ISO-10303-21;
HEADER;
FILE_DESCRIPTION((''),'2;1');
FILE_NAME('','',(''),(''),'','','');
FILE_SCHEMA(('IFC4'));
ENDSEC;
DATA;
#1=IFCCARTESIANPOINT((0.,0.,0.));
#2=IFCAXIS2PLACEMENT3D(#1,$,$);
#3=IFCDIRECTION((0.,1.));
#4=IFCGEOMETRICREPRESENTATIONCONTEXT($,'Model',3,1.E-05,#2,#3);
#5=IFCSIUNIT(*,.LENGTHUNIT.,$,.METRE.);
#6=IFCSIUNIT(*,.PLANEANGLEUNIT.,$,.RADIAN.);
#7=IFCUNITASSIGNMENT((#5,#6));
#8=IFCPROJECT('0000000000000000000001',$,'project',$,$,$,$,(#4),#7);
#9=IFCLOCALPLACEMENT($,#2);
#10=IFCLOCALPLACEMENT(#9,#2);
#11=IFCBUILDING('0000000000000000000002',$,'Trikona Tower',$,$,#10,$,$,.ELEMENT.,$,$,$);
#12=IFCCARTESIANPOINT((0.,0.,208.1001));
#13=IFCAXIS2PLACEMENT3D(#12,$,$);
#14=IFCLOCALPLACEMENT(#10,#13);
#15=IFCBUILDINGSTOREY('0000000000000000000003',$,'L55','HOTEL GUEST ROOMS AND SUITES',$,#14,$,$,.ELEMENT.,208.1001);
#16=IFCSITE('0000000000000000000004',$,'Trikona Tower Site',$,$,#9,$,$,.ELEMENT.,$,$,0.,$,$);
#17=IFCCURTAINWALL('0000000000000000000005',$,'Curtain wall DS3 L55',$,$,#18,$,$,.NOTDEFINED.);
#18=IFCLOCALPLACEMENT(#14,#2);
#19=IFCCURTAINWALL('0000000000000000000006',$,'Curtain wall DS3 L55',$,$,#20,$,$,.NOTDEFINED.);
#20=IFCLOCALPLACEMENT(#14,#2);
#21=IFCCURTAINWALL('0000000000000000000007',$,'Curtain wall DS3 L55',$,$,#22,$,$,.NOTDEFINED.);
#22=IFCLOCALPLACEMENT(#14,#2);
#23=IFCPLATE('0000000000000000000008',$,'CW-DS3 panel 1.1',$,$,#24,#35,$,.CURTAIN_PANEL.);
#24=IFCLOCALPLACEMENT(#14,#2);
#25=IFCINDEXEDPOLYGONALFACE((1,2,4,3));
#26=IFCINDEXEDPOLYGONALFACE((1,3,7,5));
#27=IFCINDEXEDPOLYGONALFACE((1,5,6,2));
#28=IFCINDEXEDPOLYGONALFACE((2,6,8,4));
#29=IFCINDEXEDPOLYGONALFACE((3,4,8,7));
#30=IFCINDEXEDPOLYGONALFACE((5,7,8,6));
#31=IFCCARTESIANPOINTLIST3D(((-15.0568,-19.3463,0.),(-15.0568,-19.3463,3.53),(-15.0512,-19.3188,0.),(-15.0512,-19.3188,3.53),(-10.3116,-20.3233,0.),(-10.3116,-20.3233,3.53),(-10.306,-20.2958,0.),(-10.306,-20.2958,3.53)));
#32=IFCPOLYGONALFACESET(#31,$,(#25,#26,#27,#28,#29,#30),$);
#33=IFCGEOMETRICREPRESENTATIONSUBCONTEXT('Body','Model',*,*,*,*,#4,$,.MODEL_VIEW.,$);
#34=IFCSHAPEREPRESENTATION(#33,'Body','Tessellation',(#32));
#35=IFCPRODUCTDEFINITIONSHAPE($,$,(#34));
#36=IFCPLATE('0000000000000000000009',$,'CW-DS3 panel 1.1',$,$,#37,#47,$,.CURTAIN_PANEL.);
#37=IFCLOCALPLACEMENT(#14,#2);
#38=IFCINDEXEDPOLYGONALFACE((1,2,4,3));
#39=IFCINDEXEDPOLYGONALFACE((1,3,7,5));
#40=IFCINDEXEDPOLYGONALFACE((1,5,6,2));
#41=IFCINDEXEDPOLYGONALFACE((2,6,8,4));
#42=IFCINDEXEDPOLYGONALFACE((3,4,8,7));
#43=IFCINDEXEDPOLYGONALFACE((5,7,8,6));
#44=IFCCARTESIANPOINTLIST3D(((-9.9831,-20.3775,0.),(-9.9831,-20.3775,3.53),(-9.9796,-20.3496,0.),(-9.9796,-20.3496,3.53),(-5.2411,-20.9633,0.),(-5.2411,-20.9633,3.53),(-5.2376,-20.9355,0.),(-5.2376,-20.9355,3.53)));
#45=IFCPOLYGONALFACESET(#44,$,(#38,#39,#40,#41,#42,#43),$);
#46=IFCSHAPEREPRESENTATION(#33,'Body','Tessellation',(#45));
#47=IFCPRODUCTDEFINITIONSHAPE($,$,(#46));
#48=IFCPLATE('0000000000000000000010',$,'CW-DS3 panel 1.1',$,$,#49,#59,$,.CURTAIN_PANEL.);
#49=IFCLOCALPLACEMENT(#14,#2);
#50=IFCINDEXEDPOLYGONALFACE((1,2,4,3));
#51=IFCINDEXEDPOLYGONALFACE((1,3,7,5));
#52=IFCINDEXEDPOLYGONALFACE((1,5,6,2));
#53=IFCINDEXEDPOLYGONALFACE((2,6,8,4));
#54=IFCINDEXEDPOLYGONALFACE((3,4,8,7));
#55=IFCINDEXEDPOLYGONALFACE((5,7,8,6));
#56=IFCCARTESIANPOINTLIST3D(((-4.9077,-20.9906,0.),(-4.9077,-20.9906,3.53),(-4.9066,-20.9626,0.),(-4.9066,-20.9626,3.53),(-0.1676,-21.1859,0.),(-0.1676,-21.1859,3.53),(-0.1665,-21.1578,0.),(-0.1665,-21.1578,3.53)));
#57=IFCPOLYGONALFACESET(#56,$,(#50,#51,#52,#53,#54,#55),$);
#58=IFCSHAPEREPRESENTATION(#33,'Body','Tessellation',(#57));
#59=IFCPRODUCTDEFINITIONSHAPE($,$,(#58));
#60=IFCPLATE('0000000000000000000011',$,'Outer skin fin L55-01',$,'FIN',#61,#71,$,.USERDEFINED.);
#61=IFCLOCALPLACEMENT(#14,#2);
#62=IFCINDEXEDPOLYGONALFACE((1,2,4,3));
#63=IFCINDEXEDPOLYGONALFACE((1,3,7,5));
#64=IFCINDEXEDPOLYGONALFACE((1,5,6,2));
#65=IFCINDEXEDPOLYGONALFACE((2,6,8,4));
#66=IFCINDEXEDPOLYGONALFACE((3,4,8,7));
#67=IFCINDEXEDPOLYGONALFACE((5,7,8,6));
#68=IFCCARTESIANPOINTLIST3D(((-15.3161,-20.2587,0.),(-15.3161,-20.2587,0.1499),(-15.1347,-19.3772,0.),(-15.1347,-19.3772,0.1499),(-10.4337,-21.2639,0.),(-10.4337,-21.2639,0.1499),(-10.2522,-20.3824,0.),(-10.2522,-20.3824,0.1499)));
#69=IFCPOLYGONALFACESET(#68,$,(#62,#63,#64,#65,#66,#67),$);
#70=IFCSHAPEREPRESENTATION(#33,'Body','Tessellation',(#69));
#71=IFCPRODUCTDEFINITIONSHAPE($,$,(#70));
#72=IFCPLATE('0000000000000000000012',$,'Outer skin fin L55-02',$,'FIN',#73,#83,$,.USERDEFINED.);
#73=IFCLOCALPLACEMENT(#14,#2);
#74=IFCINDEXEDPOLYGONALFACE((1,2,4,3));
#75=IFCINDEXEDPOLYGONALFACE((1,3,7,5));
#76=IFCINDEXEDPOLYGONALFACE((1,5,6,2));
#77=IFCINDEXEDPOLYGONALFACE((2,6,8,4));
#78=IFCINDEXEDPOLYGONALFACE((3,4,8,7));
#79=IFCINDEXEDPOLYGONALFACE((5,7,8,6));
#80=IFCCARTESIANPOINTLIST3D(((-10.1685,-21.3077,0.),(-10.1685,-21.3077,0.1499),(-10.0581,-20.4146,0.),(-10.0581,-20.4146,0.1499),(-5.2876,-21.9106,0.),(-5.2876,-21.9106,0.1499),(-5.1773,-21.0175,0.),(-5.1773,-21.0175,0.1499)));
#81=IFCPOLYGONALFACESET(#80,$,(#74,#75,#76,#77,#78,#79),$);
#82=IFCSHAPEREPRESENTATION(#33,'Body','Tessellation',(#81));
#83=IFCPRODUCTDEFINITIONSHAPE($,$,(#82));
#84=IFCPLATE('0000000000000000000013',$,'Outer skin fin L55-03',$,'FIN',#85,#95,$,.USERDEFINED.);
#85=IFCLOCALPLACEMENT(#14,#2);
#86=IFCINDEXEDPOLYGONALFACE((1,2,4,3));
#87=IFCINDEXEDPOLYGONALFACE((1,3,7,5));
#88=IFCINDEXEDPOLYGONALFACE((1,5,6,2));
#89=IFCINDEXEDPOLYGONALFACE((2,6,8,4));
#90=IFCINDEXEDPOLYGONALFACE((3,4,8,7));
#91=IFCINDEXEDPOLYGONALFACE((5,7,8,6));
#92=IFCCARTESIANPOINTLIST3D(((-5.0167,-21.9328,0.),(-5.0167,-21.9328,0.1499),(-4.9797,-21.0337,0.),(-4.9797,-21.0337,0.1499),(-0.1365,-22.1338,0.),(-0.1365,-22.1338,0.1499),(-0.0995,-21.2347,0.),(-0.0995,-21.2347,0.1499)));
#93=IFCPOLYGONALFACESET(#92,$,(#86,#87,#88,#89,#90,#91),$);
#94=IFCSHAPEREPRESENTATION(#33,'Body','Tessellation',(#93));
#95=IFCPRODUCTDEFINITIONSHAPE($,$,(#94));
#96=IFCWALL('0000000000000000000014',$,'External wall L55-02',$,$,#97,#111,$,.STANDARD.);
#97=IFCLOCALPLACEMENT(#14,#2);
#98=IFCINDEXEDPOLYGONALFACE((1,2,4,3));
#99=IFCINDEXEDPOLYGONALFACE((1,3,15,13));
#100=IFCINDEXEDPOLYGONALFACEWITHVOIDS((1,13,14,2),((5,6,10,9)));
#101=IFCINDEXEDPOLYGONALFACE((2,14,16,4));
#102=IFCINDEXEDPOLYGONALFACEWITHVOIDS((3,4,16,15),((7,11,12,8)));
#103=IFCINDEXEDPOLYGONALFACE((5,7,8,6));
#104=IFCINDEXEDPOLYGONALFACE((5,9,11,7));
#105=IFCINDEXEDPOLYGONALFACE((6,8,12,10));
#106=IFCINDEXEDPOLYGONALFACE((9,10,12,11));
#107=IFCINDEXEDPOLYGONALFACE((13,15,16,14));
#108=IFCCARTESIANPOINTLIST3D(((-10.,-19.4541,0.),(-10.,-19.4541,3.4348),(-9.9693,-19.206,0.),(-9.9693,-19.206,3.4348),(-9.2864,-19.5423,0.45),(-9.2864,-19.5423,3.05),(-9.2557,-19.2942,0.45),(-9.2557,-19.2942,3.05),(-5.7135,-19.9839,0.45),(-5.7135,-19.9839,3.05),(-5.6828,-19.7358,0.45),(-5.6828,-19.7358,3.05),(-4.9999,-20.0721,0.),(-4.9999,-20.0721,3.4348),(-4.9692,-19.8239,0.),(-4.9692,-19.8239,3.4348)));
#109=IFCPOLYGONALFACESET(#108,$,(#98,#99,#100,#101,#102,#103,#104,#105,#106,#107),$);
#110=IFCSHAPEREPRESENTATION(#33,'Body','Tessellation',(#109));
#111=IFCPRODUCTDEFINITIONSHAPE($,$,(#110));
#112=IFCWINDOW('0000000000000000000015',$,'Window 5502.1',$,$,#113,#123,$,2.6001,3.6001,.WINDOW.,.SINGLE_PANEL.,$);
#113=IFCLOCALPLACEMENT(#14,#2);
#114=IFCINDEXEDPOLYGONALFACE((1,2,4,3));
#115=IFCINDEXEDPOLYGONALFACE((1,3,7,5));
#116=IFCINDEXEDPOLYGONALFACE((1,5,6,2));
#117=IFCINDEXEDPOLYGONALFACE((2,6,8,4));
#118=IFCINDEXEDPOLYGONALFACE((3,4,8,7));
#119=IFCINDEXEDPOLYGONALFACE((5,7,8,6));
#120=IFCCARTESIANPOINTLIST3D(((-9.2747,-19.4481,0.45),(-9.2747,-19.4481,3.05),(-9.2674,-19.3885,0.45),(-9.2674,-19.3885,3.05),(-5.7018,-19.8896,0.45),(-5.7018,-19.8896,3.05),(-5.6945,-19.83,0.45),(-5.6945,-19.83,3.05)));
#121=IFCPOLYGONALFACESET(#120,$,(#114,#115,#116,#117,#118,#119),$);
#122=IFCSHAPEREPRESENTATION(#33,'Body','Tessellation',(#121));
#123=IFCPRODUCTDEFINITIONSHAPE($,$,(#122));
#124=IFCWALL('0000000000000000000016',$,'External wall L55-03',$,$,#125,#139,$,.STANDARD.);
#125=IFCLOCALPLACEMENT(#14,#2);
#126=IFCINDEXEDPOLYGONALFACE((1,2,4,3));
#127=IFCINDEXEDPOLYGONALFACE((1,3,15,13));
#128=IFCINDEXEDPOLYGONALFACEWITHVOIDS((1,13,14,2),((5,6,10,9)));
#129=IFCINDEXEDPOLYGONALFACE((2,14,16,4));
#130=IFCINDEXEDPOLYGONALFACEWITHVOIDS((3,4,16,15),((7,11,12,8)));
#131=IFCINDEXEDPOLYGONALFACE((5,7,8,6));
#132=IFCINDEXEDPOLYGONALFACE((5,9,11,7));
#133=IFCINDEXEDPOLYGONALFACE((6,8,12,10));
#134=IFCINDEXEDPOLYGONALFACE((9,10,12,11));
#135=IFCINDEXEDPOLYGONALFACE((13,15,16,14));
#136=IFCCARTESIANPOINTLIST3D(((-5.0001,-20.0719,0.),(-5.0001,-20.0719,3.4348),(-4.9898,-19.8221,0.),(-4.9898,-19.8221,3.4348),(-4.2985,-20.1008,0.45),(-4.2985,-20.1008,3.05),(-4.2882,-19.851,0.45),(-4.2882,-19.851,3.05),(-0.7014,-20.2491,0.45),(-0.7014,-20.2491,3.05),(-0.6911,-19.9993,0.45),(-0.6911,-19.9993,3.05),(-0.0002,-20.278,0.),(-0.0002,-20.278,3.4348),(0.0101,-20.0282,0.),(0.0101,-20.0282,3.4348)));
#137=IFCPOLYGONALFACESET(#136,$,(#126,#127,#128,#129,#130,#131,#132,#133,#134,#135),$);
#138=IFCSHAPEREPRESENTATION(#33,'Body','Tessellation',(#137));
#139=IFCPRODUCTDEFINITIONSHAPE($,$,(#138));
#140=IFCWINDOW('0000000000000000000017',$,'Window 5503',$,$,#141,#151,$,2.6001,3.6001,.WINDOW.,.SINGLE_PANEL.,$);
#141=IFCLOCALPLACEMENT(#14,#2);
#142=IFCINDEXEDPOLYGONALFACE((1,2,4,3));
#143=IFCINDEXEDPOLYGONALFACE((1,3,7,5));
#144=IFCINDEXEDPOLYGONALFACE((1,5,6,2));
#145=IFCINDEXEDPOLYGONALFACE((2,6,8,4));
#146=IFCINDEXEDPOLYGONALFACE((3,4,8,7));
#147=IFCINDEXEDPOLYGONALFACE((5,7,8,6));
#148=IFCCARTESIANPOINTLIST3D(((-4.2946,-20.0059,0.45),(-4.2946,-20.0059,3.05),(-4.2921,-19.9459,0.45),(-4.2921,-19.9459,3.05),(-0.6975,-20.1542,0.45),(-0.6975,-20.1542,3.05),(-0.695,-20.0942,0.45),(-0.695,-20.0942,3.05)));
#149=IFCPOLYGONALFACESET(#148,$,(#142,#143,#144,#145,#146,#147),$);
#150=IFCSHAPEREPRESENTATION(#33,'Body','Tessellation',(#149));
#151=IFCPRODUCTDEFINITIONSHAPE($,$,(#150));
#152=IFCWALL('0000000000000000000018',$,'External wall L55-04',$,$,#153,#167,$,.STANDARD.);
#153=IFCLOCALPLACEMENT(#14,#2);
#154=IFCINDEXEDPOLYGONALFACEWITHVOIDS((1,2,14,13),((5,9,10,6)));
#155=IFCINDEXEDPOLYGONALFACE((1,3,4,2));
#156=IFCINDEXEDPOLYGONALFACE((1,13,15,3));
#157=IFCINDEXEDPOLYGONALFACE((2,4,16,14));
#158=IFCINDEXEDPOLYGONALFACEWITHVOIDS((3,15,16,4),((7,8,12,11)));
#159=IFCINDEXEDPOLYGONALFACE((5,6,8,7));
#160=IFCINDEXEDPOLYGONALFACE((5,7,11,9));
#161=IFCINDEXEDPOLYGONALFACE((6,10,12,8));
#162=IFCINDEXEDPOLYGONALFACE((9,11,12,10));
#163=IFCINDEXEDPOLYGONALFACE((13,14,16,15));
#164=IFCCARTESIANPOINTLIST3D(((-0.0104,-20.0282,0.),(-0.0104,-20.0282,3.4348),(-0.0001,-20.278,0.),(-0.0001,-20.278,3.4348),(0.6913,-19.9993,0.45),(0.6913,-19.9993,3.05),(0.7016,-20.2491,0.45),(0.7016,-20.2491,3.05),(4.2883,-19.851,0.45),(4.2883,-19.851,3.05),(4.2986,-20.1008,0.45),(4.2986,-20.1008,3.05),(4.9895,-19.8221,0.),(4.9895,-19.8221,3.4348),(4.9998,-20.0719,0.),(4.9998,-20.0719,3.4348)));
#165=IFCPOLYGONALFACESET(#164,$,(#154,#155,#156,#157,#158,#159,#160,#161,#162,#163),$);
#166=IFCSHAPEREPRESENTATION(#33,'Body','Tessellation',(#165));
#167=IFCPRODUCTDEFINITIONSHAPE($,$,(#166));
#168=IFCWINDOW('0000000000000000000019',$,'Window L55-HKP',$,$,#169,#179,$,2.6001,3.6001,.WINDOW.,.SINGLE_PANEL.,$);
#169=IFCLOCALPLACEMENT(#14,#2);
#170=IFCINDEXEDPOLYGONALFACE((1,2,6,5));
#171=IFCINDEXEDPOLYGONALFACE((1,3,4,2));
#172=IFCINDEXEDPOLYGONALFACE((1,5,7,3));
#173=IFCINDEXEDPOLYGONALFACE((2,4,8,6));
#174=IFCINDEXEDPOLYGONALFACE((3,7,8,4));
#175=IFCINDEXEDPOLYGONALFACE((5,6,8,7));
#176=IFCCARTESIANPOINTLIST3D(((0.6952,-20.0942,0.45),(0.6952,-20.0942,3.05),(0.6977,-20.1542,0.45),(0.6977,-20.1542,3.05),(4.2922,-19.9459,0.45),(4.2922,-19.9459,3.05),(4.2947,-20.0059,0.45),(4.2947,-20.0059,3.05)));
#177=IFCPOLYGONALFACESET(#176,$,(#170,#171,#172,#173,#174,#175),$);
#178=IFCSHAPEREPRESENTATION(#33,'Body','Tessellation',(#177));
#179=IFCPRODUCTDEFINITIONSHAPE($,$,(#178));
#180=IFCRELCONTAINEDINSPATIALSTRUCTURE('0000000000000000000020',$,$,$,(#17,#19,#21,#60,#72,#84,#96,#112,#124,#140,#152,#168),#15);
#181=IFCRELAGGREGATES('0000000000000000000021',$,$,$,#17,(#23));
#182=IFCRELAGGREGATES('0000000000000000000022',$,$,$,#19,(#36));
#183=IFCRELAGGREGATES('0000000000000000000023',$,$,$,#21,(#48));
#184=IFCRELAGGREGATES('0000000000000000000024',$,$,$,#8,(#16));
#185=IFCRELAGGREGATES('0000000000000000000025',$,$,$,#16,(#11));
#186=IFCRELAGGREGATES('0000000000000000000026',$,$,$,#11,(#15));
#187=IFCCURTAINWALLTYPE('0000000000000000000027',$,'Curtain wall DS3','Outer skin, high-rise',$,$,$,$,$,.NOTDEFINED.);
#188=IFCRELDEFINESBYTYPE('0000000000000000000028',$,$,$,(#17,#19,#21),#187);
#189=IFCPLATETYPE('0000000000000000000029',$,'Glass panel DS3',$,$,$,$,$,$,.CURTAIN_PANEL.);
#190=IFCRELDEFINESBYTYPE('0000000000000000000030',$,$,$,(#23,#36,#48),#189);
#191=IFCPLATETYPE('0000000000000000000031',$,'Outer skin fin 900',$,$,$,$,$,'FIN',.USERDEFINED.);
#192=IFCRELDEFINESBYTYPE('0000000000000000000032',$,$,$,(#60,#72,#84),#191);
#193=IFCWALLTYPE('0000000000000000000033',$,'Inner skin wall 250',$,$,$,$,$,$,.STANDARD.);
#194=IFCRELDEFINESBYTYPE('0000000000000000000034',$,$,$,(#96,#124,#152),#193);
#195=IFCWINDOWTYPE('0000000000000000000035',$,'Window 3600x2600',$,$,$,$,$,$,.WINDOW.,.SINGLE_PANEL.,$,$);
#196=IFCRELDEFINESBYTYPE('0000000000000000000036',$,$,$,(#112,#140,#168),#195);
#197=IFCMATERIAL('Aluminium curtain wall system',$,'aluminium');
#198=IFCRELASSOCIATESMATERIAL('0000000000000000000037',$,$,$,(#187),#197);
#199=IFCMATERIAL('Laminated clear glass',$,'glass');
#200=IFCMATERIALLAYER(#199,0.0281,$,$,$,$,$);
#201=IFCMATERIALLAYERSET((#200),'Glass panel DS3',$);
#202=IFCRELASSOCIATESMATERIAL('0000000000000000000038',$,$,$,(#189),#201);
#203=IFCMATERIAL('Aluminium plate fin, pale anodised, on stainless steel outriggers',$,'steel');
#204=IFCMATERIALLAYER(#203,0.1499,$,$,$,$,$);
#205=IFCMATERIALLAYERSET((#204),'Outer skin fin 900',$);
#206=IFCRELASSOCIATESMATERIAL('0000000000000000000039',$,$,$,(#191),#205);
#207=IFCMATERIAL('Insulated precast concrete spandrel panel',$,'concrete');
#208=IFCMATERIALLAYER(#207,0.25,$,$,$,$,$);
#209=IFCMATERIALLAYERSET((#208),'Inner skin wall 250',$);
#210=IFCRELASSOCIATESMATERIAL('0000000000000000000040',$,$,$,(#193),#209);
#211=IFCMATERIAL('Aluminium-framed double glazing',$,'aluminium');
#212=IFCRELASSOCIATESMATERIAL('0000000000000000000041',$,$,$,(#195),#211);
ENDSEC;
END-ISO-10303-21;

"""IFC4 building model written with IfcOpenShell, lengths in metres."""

from ifc_helpers import new_model, si_unit, direction, frame, frame_2d, origin, origin_2d, place, context, subcontext, project, spatial, rectangle, extrude, material, layer, layer_set, type_object, element, fill, aggregate, save


model = new_model("IFC4")

# Units and contexts
model_context = context("Model", 3, precision=1e-05, world=origin(), true_north=direction((0.0, 1.0)))
body_context = subcontext(model_context, "Body", "Model", "MODEL_VIEW")
ifc_project = project(units=[si_unit("LENGTHUNIT", "METRE"), si_unit("PLANEANGLEUNIT", "RADIAN")], contexts=[model_context])

# Site, building, storey
site_placement = place(None, origin())
site = spatial("IfcSite", under=ifc_project, at=site_placement, Name="Trikona Tower Site", CompositionType="ELEMENT", RefElevation=0.0)
building_placement = place(site_placement, origin())
building = spatial("IfcBuilding", under=site, at=building_placement, Name="Trikona Tower", CompositionType="ELEMENT")
storey_placement = place(building_placement, frame((0.0, 0.0, 208.1001)))
storey = spatial("IfcBuildingStorey", under=building, at=storey_placement, Name="L55", Description="HOTEL GUEST ROOMS AND SUITES", CompositionType="ELEMENT", Elevation=208.1001)

# Curtain wall
ifc_material_1 = material(Name="Aluminium curtain wall system", Category="aluminium")
curtain_wall_type = type_object("IfcCurtainWallType", Name="Curtain wall DS3", Description="Outer skin, high-rise", PredefinedType="NOTDEFINED", material=ifc_material_1)
curtain_wall_1_placement = place(storey_placement, origin())
curtain_wall_1 = element("IfcCurtainWall", 1, at=curtain_wall_1_placement, inside=storey, type_object=curtain_wall_type, Name="Curtain wall DS3 L55", PredefinedType="NOTDEFINED")

# Curtain walls
curtain_wall_2_placement = place(storey_placement, origin())
curtain_wall_2 = element("IfcCurtainWall", 2, at=curtain_wall_2_placement, inside=storey, type_object=curtain_wall_type, Name="Curtain wall DS3 L55", PredefinedType="NOTDEFINED")
curtain_wall_3_placement = place(storey_placement, origin())
curtain_wall_3 = element("IfcCurtainWall", 3, at=curtain_wall_3_placement, inside=storey, type_object=curtain_wall_type, Name="Curtain wall DS3 L55", PredefinedType="NOTDEFINED")

# Plates
ifc_material_2 = material(Name="Laminated clear glass", Category="glass")
ifc_layer_1 = layer(ifc_material_2, 0.0281)
ifc_layer_set_1 = layer_set([ifc_layer_1], Name="Glass panel DS3")
plate_type_1 = type_object("IfcPlateType", Name="Glass panel DS3", PredefinedType="CURTAIN_PANEL", material=ifc_layer_set_1)
plate_1_placement = place(storey_placement, frame((-12.6814, -19.821, 0.0), z_axis=(0.0, 0.0, 1.0), x_axis=(0.979457, -0.201653, 0.0)))
plate_1 = element("IfcPlate", 4, at=plate_1_placement, type_object=plate_type_1, Name="CW-DS3 panel 1.1", PredefinedType="CURTAIN_PANEL", context=body_context, shape_type="SweptSolid", body=[
    extrude(rectangle(XDim=4.8447, YDim=0.0281, at=origin_2d()), origin(), (0.0, 0.0, 1.0), 3.53),
])
aggregate(curtain_wall_1, [plate_1])
plate_2_placement = place(storey_placement, frame((-7.6104, -20.6565, 0.0), z_axis=(0.0, 0.0, 1.0), x_axis=(0.992455, -0.122611, 0.0)))
plate_2 = element("IfcPlate", 5, at=plate_2_placement, type_object=plate_type_1, Name="CW-DS3 panel 1.1", PredefinedType="CURTAIN_PANEL", context=body_context, shape_type="SweptSolid", body=[
    extrude(rectangle(XDim=4.7781, YDim=0.0281, at=origin_2d()), origin(), (0.0, 0.0, 1.0), 3.53),
])
aggregate(curtain_wall_2, [plate_2])
plate_3_placement = place(storey_placement, frame((-2.5371, -21.0742, 0.0), z_axis=(0.0, 0.0, 1.0), x_axis=(0.999153, -0.041153, 0.0)))
plate_3 = element("IfcPlate", 6, at=plate_3_placement, type_object=plate_type_1, Name="CW-DS3 panel 1.1", PredefinedType="CURTAIN_PANEL", context=body_context, shape_type="SweptSolid", body=[
    extrude(rectangle(XDim=4.7441, YDim=0.0281, at=origin_2d()), origin(), (0.0, 0.0, 1.0), 3.53),
])
aggregate(curtain_wall_3, [plate_3])

# Plates
ifc_material_3 = material(Name="Aluminium plate fin, pale anodised, on stainless steel outriggers", Category="steel")
ifc_layer_2 = layer(ifc_material_3, 0.1499)
ifc_layer_set_2 = layer_set([ifc_layer_2], Name="Outer skin fin 900")
plate_type_2 = type_object("IfcPlateType", Name="Outer skin fin 900", ElementType="FIN", PredefinedType="USERDEFINED", material=ifc_layer_set_2)
plate_4_placement = place(storey_placement, frame((-12.7842, -20.3206, 0.0), z_axis=(0.0, 0.0, 1.0), x_axis=(0.979458, -0.201651, 0.0)))
element("IfcPlate", 7, at=plate_4_placement, inside=storey, type_object=plate_type_2, Name="Outer skin fin L55-01", ObjectType="FIN", PredefinedType="USERDEFINED", context=body_context, shape_type="SweptSolid", body=[
    extrude(rectangle(XDim=4.9849, YDim=0.8999, at=origin_2d()), origin(), (0.0, 0.0, 1.0), 0.1499),
])
plate_5_placement = place(storey_placement, frame((-7.6729, -21.1626, 0.0), z_axis=(0.0, 0.0, 1.0), x_axis=(0.992455, -0.122607, 0.0)))
element("IfcPlate", 8, at=plate_5_placement, inside=storey, type_object=plate_type_2, Name="Outer skin fin L55-02", ObjectType="FIN", PredefinedType="USERDEFINED", context=body_context, shape_type="SweptSolid", body=[
    extrude(rectangle(XDim=4.918, YDim=0.8999, at=origin_2d()), origin(), (0.0, 0.0, 1.0), 0.1499),
])
plate_6_placement = place(storey_placement, frame((-2.5581, -21.5837, 0.0), z_axis=(0.0, 0.0, 1.0), x_axis=(0.999153, -0.041145, 0.0)))
element("IfcPlate", 9, at=plate_6_placement, inside=storey, type_object=plate_type_2, Name="Outer skin fin L55-03", ObjectType="FIN", PredefinedType="USERDEFINED", context=body_context, shape_type="SweptSolid", body=[
    extrude(rectangle(XDim=4.8843, YDim=0.8999, at=origin_2d()), origin(), (0.0, 0.0, 1.0), 0.1499),
])

# Walls, openings, windows
ifc_material_4 = material(Name="Insulated precast concrete spandrel panel", Category="concrete")
ifc_layer_3 = layer(ifc_material_4, 0.25)
ifc_layer_set_3 = layer_set([ifc_layer_3], Name="Inner skin wall 250")
wall_type = type_object("IfcWallType", Name="Inner skin wall 250", PredefinedType="STANDARD", material=ifc_layer_set_3)
wall_1_placement = place(storey_placement, frame((-9.9846, -19.3301, 0.0), z_axis=(0.0, 0.0, 1.0), x_axis=(0.99245, -0.122651, 0.0)))
wall_1 = element("IfcWall", 10, at=wall_1_placement, inside=storey, type_object=wall_type, Name="External wall L55-02", PredefinedType="STANDARD", context=body_context, shape_type="SweptSolid", body=[
    extrude(rectangle(XDim=5.0381, YDim=0.25, at=frame_2d((2.519, 0.0))), origin(), (0.0, 0.0, 1.0), 3.4348),
])
opening_1_placement = place(wall_1_placement, frame((0.719, 0.0, 0.45)))
opening_1 = element("IfcOpeningElement", 11, at=opening_1_placement, cuts=wall_1, PredefinedType="OPENING", context=body_context, shape_type="SweptSolid", body=[
    extrude(rectangle(XDim=3.6001, YDim=2.6001, at=frame_2d((1.8, 1.3))), frame((0.0, 0.135, 0.0), z_axis=(0.0, -1.0, 0.0), x_axis=(1.0, 0.0, 0.0)), (0.0, 0.0, 1.0), 0.27),
])
ifc_material_5 = material(Name="Aluminium-framed double glazing", Category="aluminium")
window_type = type_object("IfcWindowType", Name="Window 3600x2600", PartitioningType="SINGLE_PANEL", PredefinedType="WINDOW", material=ifc_material_5)
window_1_placement = place(opening_1_placement, origin())
window_1 = element("IfcWindow", 12, at=window_1_placement, inside=storey, type_object=window_type, Name="Window 5502.1", OverallHeight=2.6001, OverallWidth=3.6001, PartitioningType="SINGLE_PANEL", PredefinedType="WINDOW", context=body_context, shape_type="SweptSolid", body=[
    extrude(rectangle(XDim=3.6001, YDim=2.6001, at=frame_2d((1.8, 1.3))), frame((0.0, 0.03, 0.0), z_axis=(0.0, -1.0, 0.0), x_axis=(1.0, 0.0, 0.0)), (0.0, 0.0, 1.0), 0.0601),
])
fill(opening_1, window_1)
wall_2_placement = place(storey_placement, frame((-4.9949, -19.947, 0.0), z_axis=(0.0, 0.0, 1.0), x_axis=(0.999152, -0.041176, 0.0)))
wall_2 = element("IfcWall", 13, at=wall_2_placement, inside=storey, type_object=wall_type, Name="External wall L55-03", PredefinedType="STANDARD", context=body_context, shape_type="SweptSolid", body=[
    extrude(rectangle(XDim=5.0042, YDim=0.25, at=frame_2d((2.502, 0.0))), origin(), (0.0, 0.0, 1.0), 3.4348),
])
opening_2_placement = place(wall_2_placement, frame((0.7021, 0.0, 0.45)))
opening_2 = element("IfcOpeningElement", 14, at=opening_2_placement, cuts=wall_2, PredefinedType="OPENING", context=body_context, shape_type="SweptSolid", body=[
    extrude(rectangle(XDim=3.6001, YDim=2.6001, at=frame_2d((1.8, 1.3))), frame((0.0, 0.135, 0.0), z_axis=(0.0, -1.0, 0.0), x_axis=(1.0, 0.0, 0.0)), (0.0, 0.0, 1.0), 0.27),
])
window_2_placement = place(opening_2_placement, origin())
window_2 = element("IfcWindow", 15, at=window_2_placement, inside=storey, type_object=window_type, Name="Window 5503", OverallHeight=2.6001, OverallWidth=3.6001, PartitioningType="SINGLE_PANEL", PredefinedType="WINDOW", context=body_context, shape_type="SweptSolid", body=[
    extrude(rectangle(XDim=3.6001, YDim=2.6001, at=frame_2d((1.8, 1.3))), frame((0.0, 0.03, 0.0), z_axis=(0.0, -1.0, 0.0), x_axis=(1.0, 0.0, 0.0)), (0.0, 0.0, 1.0), 0.0601),
])
fill(opening_2, window_2)
wall_3_placement = place(storey_placement, frame((-0.0051, -20.1531, 0.0), z_axis=(0.0, 0.0, 1.0), x_axis=(0.999152, 0.041176, 0.0)))
wall_3 = element("IfcWall", 16, at=wall_3_placement, inside=storey, type_object=wall_type, Name="External wall L55-04", PredefinedType="STANDARD", context=body_context, shape_type="SweptSolid", body=[
    extrude(rectangle(XDim=5.0042, YDim=0.25, at=frame_2d((2.502, 0.0))), origin(), (0.0, 0.0, 1.0), 3.4348),
])
opening_3_placement = place(wall_3_placement, frame((0.7021, 0.0, 0.45)))
opening_3 = element("IfcOpeningElement", 17, at=opening_3_placement, cuts=wall_3, PredefinedType="OPENING", context=body_context, shape_type="SweptSolid", body=[
    extrude(rectangle(XDim=3.6001, YDim=2.6001, at=frame_2d((1.8, 1.3))), frame((0.0, 0.135, 0.0), z_axis=(0.0, -1.0, 0.0), x_axis=(1.0, 0.0, 0.0)), (0.0, 0.0, 1.0), 0.27),
])
window_3_placement = place(opening_3_placement, origin())
window_3 = element("IfcWindow", 18, at=window_3_placement, inside=storey, type_object=window_type, Name="Window L55-HKP", OverallHeight=2.6001, OverallWidth=3.6001, PartitioningType="SINGLE_PANEL", PredefinedType="WINDOW", context=body_context, shape_type="SweptSolid", body=[
    extrude(rectangle(XDim=3.6001, YDim=2.6001, at=frame_2d((1.8, 1.3))), frame((0.0, 0.03, 0.0), z_axis=(0.0, -1.0, 0.0), x_axis=(1.0, 0.0, 0.0)), (0.0, 0.0, 1.0), 0.0601),
])
fill(opening_3, window_3)

save(model, "model.ifc")
